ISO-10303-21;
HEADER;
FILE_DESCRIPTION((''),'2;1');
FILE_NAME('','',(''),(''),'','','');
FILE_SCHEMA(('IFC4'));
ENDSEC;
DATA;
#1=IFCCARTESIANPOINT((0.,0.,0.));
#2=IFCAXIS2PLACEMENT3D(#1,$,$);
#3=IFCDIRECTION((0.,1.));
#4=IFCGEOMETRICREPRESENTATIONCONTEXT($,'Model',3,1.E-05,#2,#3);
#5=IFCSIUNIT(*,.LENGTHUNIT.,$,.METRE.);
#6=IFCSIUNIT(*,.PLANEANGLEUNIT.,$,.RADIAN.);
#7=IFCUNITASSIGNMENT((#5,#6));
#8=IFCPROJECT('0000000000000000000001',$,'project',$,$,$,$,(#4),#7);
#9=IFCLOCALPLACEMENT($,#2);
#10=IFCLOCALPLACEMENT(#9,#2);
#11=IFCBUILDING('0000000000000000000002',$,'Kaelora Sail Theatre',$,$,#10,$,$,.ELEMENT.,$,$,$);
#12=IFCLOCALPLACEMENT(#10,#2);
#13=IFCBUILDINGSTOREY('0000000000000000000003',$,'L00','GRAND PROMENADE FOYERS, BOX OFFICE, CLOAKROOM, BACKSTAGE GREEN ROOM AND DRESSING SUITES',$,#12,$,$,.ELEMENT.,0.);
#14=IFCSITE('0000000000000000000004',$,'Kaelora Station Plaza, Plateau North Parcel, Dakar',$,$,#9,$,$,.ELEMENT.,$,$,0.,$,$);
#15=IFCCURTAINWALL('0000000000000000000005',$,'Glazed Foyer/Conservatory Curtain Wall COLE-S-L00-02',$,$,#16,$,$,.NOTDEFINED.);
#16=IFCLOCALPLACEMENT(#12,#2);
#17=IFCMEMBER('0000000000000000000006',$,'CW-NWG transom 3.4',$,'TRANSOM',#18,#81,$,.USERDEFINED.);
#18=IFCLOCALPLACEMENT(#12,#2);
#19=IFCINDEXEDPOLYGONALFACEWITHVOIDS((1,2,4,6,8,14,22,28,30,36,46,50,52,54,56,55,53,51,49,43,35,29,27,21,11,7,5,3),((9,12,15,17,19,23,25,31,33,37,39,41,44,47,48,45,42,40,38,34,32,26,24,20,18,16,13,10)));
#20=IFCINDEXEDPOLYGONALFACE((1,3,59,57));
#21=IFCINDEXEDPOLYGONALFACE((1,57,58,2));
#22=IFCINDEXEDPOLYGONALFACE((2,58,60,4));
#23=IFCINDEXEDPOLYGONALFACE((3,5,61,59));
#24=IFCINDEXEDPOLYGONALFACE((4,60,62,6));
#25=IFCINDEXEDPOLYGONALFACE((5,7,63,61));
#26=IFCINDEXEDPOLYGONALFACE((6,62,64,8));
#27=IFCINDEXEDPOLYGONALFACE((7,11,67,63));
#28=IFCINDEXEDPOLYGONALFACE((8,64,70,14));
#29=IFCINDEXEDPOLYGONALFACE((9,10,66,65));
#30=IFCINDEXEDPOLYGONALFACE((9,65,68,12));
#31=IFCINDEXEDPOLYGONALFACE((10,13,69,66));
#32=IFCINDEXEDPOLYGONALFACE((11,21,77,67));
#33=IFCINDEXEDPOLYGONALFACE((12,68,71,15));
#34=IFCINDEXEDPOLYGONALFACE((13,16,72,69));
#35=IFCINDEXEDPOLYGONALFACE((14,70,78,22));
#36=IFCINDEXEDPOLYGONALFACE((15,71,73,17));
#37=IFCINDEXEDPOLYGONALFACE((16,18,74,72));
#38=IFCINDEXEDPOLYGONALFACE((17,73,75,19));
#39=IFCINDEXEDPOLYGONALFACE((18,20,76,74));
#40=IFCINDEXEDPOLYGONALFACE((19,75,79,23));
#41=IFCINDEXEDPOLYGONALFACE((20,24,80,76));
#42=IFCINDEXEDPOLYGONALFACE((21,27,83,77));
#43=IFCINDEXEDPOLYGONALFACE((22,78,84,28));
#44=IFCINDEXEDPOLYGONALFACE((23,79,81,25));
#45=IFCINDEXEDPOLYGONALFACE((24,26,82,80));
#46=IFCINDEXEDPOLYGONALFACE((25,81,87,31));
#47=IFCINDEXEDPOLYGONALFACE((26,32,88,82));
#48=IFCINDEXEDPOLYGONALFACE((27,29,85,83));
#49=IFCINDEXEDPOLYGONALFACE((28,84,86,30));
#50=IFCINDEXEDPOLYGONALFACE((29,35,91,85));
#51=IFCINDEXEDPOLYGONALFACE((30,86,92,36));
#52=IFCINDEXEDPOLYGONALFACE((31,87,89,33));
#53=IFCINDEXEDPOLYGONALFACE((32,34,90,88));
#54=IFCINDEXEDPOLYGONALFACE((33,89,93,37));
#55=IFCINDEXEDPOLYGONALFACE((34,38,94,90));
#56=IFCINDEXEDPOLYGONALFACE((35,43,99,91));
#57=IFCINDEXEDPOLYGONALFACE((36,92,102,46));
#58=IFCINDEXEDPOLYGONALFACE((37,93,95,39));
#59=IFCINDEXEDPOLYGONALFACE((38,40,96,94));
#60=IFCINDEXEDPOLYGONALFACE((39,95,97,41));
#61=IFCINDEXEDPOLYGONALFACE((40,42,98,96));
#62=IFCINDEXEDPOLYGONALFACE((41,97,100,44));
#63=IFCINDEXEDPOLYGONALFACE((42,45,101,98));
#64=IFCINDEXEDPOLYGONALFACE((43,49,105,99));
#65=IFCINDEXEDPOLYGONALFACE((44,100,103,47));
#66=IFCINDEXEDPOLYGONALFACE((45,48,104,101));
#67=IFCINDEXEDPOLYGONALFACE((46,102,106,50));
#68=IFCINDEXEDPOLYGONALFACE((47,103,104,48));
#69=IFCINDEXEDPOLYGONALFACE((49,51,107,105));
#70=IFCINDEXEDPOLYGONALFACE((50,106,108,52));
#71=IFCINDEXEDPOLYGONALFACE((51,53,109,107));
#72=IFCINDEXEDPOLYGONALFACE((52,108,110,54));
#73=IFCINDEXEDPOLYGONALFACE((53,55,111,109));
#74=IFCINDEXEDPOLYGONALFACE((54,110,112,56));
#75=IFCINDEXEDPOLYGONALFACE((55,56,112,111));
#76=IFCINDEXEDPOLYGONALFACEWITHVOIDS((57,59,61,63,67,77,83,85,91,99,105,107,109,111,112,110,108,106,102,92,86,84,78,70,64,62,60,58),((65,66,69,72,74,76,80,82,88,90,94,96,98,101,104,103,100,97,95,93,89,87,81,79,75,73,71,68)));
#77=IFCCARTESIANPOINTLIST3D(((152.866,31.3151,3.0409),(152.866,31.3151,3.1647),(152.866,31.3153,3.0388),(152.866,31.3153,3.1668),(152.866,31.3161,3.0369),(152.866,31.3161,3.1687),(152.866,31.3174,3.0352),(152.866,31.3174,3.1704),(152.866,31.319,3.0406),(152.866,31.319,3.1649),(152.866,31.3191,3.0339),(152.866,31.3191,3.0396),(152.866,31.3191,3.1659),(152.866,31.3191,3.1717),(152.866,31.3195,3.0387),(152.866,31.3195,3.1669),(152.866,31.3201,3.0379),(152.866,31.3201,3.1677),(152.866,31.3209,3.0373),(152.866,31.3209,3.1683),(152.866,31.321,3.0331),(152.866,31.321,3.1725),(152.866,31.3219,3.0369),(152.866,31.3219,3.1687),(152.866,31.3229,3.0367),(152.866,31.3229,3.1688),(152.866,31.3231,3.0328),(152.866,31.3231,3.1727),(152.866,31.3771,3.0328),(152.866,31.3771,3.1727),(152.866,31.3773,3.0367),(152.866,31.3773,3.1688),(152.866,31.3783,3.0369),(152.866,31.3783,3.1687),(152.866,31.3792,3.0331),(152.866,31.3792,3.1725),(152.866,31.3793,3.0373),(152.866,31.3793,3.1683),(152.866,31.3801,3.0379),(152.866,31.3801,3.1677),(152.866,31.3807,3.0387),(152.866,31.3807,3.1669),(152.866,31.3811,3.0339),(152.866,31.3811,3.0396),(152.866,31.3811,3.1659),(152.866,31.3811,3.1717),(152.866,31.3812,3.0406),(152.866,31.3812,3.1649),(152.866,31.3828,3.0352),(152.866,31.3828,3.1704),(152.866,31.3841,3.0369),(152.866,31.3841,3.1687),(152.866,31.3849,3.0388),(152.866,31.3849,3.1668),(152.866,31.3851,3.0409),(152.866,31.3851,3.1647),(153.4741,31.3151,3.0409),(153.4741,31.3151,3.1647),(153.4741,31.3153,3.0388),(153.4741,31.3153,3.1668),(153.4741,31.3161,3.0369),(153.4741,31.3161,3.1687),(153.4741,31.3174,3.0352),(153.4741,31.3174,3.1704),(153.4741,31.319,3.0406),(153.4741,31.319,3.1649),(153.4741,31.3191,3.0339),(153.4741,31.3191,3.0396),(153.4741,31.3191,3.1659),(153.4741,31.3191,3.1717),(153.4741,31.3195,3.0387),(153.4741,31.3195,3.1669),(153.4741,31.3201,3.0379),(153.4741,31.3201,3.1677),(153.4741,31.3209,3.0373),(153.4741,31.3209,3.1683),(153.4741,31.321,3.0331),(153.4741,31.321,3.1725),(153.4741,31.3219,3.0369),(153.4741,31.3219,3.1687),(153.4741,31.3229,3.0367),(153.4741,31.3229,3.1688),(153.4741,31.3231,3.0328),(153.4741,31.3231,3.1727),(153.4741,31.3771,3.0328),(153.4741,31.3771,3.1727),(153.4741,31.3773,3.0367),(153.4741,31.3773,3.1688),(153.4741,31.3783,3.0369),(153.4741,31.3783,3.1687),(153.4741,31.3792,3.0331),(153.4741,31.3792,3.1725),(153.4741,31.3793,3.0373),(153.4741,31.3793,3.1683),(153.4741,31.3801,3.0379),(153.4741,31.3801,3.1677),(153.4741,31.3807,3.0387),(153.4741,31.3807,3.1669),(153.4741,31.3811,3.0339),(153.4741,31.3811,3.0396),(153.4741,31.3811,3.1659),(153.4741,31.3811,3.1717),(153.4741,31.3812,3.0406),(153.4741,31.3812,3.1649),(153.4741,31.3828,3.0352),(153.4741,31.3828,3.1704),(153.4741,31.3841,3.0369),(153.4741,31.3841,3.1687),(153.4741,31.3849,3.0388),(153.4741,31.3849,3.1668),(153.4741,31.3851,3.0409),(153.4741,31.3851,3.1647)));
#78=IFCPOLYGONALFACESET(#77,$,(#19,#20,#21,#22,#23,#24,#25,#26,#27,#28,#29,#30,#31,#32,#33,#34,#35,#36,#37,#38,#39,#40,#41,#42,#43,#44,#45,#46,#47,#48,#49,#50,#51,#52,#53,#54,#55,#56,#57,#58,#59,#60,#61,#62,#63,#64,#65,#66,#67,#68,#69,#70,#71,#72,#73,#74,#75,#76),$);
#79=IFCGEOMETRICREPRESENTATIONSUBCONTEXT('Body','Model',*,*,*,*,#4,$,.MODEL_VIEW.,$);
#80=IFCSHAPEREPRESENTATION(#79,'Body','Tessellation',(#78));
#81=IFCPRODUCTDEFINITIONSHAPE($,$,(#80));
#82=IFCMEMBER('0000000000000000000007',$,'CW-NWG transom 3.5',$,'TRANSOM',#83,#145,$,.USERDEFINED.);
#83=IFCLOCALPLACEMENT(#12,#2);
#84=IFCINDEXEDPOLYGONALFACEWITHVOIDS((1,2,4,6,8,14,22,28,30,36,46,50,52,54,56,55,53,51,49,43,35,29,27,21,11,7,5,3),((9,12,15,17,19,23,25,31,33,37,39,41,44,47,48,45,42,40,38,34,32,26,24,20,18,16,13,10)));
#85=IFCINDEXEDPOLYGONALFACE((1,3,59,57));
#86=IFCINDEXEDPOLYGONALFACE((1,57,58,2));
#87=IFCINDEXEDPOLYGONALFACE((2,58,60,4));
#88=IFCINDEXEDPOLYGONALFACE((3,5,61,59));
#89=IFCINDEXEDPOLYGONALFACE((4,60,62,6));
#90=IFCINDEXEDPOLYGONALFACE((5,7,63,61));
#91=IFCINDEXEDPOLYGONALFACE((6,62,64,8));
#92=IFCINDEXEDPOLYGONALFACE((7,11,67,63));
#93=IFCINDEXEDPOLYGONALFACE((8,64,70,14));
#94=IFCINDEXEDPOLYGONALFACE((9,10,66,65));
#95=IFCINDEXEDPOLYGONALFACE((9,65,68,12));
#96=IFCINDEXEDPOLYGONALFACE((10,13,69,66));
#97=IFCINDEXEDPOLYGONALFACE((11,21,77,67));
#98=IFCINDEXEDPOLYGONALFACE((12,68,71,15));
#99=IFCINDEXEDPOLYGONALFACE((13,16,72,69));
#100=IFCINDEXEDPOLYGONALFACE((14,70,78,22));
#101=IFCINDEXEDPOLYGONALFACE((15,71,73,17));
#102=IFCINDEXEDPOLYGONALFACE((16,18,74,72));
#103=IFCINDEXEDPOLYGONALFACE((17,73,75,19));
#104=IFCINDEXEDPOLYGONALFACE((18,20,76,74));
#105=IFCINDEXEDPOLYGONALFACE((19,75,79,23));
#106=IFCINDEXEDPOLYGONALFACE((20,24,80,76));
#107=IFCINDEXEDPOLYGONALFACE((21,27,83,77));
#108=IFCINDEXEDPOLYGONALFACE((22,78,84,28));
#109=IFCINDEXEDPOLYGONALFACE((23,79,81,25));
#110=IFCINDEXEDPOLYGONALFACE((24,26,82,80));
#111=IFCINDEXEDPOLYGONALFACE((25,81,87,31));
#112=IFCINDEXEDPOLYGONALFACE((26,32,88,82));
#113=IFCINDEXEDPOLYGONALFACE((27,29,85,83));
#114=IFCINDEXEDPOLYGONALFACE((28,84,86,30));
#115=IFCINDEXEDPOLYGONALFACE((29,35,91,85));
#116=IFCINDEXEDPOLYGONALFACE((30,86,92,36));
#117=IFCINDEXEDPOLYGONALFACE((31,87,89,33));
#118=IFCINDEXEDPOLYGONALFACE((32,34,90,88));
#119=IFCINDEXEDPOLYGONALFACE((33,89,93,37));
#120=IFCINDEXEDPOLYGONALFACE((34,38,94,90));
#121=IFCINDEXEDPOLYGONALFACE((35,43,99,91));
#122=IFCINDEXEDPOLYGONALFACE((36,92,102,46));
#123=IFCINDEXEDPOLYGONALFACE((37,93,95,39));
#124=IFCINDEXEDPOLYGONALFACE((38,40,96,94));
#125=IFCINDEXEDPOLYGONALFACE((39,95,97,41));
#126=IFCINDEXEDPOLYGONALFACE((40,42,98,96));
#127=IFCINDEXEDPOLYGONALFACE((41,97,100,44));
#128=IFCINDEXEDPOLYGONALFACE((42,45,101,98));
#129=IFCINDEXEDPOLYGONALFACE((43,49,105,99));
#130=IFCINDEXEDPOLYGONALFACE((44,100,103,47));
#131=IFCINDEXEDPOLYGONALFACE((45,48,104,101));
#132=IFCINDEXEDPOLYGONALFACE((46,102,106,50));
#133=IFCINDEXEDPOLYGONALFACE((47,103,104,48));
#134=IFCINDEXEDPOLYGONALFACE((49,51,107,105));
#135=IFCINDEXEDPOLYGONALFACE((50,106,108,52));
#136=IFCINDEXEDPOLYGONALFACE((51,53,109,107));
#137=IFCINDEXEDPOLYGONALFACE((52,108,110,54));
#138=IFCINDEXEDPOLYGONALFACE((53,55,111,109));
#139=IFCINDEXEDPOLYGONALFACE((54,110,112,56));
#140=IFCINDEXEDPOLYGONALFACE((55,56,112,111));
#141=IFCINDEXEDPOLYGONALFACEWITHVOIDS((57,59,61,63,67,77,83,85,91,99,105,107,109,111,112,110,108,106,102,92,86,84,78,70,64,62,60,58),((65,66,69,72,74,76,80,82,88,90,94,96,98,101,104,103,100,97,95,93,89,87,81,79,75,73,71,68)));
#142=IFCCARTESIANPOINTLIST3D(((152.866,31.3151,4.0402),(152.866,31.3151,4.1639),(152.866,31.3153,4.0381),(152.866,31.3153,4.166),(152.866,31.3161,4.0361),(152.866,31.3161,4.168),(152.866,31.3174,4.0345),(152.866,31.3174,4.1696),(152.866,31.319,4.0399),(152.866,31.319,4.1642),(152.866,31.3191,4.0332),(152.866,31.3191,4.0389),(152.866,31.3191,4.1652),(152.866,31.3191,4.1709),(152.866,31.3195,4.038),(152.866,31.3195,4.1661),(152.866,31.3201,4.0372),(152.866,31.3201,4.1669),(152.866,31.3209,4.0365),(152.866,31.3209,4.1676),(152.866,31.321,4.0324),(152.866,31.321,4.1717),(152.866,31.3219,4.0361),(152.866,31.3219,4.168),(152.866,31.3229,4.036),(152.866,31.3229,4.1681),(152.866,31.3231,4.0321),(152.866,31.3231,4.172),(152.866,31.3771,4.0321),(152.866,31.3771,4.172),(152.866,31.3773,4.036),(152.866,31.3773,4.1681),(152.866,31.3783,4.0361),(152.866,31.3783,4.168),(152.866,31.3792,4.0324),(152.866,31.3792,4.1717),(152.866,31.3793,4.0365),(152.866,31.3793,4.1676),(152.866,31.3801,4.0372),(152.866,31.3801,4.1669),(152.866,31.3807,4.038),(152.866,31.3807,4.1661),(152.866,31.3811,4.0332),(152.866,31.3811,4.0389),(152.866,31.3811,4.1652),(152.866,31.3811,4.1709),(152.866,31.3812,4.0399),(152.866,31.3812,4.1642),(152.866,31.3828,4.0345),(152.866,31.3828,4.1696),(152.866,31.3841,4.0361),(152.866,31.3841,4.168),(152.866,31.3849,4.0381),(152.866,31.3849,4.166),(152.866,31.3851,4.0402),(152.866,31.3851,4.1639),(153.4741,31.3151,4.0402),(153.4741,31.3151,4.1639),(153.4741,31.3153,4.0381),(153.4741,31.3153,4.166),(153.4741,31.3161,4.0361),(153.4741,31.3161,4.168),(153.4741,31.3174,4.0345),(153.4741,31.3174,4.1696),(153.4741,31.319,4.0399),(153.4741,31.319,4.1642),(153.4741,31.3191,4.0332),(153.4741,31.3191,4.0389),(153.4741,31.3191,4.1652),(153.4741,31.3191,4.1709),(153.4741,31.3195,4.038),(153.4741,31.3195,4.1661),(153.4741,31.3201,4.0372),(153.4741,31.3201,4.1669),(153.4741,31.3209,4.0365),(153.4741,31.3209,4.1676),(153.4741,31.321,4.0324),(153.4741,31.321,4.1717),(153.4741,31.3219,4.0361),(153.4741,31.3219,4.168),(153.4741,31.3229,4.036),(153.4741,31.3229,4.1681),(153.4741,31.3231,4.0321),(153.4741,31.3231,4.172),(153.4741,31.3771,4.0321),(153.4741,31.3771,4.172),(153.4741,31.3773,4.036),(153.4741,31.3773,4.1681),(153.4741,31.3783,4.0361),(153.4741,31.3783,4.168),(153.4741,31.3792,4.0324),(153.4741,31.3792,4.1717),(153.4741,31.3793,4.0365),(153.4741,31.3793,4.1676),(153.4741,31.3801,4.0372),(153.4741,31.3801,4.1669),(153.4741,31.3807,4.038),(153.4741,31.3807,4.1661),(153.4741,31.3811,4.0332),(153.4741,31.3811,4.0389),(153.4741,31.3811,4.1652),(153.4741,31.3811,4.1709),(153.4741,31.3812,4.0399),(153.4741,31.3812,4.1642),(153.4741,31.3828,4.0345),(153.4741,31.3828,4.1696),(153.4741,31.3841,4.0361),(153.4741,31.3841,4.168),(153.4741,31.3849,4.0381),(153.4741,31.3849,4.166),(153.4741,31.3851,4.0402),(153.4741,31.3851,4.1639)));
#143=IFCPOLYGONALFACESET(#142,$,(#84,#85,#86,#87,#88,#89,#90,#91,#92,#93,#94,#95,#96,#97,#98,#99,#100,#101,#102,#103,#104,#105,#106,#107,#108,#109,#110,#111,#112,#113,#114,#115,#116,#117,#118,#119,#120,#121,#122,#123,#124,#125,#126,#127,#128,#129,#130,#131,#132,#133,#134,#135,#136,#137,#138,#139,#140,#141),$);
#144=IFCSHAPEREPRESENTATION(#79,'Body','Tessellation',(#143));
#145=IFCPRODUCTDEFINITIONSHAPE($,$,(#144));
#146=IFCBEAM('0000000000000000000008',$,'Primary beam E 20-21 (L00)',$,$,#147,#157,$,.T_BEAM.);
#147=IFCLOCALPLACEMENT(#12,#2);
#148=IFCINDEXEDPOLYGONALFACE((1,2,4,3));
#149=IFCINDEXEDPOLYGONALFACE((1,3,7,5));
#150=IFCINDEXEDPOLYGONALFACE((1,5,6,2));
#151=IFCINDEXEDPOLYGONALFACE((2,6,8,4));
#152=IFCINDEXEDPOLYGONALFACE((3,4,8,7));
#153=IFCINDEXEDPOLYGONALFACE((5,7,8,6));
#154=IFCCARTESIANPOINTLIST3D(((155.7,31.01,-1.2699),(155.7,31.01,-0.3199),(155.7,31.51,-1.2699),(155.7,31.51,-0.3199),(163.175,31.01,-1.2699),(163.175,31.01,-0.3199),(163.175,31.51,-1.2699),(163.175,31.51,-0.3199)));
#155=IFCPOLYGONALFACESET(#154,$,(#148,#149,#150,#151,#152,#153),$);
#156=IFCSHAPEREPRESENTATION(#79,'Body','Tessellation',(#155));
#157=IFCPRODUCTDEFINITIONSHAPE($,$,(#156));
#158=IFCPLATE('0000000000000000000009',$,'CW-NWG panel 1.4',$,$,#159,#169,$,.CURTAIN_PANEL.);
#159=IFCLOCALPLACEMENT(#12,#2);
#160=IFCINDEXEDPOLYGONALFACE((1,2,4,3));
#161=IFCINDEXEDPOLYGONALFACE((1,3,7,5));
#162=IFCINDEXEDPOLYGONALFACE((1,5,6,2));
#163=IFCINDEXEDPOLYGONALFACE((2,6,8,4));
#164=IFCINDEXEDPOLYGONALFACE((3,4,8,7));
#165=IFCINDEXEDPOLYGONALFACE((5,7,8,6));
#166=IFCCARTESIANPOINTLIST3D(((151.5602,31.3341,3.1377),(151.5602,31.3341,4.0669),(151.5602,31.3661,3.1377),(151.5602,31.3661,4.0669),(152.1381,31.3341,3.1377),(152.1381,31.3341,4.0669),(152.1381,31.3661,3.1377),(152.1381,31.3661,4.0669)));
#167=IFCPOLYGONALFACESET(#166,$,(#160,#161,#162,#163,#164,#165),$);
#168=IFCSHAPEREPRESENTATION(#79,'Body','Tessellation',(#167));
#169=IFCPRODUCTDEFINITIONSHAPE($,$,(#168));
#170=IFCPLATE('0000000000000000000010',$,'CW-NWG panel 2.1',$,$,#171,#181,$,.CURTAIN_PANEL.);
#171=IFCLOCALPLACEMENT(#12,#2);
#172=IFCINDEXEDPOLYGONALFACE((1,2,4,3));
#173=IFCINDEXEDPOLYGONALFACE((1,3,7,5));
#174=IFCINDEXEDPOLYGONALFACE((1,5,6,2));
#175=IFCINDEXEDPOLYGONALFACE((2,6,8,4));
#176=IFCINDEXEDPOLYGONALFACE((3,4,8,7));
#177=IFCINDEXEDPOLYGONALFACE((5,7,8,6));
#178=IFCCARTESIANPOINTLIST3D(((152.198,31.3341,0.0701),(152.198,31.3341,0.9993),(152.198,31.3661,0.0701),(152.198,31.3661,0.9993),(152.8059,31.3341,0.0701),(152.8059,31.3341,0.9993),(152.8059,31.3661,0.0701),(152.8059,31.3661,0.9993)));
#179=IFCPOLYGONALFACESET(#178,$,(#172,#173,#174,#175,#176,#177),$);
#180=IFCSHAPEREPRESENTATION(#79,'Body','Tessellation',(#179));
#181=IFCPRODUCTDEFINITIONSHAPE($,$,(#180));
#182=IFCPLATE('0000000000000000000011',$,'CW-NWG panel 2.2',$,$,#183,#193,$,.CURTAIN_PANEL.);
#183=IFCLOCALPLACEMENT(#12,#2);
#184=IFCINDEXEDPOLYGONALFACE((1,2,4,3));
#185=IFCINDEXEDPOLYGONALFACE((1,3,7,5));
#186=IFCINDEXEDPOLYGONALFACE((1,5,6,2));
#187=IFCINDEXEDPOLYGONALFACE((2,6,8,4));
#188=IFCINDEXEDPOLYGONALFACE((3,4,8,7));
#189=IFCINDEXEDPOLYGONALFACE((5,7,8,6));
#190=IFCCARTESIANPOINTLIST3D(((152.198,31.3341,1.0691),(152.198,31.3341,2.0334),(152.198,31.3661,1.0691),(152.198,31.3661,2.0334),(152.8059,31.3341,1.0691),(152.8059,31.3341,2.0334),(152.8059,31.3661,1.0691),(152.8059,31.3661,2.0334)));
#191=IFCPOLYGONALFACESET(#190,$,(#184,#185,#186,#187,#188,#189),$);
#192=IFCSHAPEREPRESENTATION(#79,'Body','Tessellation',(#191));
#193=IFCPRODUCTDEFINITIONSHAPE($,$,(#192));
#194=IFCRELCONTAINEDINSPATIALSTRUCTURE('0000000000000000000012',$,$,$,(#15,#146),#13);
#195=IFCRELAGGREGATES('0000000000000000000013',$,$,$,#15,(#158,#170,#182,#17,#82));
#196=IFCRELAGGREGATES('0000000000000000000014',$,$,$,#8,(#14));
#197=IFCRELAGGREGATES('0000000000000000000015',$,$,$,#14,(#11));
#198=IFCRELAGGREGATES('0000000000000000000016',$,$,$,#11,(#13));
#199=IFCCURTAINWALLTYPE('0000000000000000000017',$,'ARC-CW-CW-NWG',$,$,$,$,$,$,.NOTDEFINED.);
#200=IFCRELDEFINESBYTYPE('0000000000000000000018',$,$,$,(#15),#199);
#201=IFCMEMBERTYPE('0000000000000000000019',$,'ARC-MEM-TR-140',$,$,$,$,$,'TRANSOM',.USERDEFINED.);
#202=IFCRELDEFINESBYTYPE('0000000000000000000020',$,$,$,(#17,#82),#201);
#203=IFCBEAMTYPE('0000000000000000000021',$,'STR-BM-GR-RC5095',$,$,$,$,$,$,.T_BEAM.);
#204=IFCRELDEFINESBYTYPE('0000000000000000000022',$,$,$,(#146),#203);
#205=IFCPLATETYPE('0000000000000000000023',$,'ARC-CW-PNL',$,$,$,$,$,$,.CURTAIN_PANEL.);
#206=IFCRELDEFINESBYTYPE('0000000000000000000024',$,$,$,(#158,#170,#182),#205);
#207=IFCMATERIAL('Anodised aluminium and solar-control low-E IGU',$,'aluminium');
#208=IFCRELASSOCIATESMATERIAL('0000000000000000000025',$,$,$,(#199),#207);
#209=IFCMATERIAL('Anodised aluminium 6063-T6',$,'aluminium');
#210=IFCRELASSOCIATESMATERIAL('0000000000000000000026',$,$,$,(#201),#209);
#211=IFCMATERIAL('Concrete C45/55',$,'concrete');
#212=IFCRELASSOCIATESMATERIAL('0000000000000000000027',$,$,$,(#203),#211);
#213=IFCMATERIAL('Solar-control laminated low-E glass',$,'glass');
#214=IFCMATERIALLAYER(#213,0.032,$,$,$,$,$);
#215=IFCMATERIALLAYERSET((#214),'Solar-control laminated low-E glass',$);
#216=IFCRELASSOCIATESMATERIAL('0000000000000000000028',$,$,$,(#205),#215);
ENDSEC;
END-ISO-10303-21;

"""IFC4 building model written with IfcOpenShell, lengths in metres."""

from ifc_helpers import new_model, si_unit, direction, frame, origin, origin_2d, place, context, subcontext, project, spatial, rectangle, hollow_rectangle, extrude, material, layer, layer_set, material_profile, profile_set, type_object, element, aggregate, save


model = new_model("IFC4")

# Units and contexts
model_context = context("Model", 3, precision=1e-05, world=origin(), true_north=direction((0.0, 1.0)))
body_context = subcontext(model_context, "Body", "Model", "MODEL_VIEW")
ifc_project = project(units=[si_unit("LENGTHUNIT", "METRE"), si_unit("PLANEANGLEUNIT", "RADIAN")], contexts=[model_context])

# Site, building, storey
site_placement = place(None, origin())
site = spatial("IfcSite", under=ifc_project, at=site_placement, Name="Kaelora Station Plaza, Plateau North Parcel, Dakar", CompositionType="ELEMENT", RefElevation=0.0)
building_placement = place(site_placement, origin())
building = spatial("IfcBuilding", under=site, at=building_placement, Name="Kaelora Sail Theatre", CompositionType="ELEMENT")
storey_placement = place(building_placement, origin())
storey = spatial("IfcBuildingStorey", under=building, at=storey_placement, Name="L00", Description="GRAND PROMENADE FOYERS, BOX OFFICE, CLOAKROOM, BACKSTAGE GREEN ROOM AND DRESSING SUITES", CompositionType="ELEMENT", Elevation=0.0)

# Curtain wall, members
ifc_material_1 = material(Name="Anodised aluminium and solar-control low-E IGU", Category="aluminium")
curtain_wall_type = type_object("IfcCurtainWallType", Name="ARC-CW-CW-NWG", PredefinedType="NOTDEFINED", material=ifc_material_1)
curtain_wall_placement = place(storey_placement, origin())
curtain_wall = element("IfcCurtainWall", 1, at=curtain_wall_placement, inside=storey, type_object=curtain_wall_type, Name="Glazed Foyer/Conservatory Curtain Wall COLE-S-L00-02", PredefinedType="NOTDEFINED")
ifc_material_2 = material(Name="Anodised aluminium 6063-T6", Category="aluminium")
ifc_material_profile_1 = material_profile(ifc_material_2, hollow_rectangle(XDim=0.0701, YDim=0.1399, WallThickness=0.0039, InnerFilletRadius=0.0039, OuterFilletRadius=0.0081, at=origin_2d()), Name="ALU-TRAN 70x140x4")
ifc_profile_set_1 = profile_set([ifc_material_profile_1], Name="Anodised aluminium 6063-T6")
member_type_1 = type_object("IfcMemberType", Name="ARC-MEM-TR-140", ElementType="TRANSOM", PredefinedType="USERDEFINED", material=ifc_profile_set_1)
member_1_placement = place(storey_placement, frame((152.866, 31.3501, 3.1028), z_axis=(1.0, 0.0, 0.0), x_axis=(0.0, 1.0, 0.0)))
member_1 = element("IfcMember", 2, at=member_1_placement, type_object=member_type_1, Name="CW-NWG transom 3.4", ObjectType="TRANSOM", PredefinedType="USERDEFINED", context=body_context, shape_type="SweptSolid", body=[
    extrude(hollow_rectangle(XDim=0.0701, YDim=0.1399, WallThickness=0.0039, InnerFilletRadius=0.0039, OuterFilletRadius=0.0081, at=origin_2d()), origin(), (0.0, 0.0, 1.0), 0.6082),
])
member_2_placement = place(storey_placement, frame((152.866, 31.3501, 4.1021), z_axis=(1.0, 0.0, 0.0), x_axis=(0.0, 1.0, 0.0)))
member_2 = element("IfcMember", 3, at=member_2_placement, type_object=member_type_1, Name="CW-NWG transom 3.5", ObjectType="TRANSOM", PredefinedType="USERDEFINED", context=body_context, shape_type="SweptSolid", body=[
    extrude(hollow_rectangle(XDim=0.0701, YDim=0.1399, WallThickness=0.0039, InnerFilletRadius=0.0039, OuterFilletRadius=0.0081, at=origin_2d()), origin(), (0.0, 0.0, 1.0), 0.6082),
])

# Beam
ifc_material_3 = material(Name="Concrete C45/55", Category="concrete")
ifc_material_profile_2 = material_profile(ifc_material_3, rectangle(XDim=0.5, YDim=0.95, at=origin_2d()), Name="RC-GRD 500x950")
ifc_profile_set_2 = profile_set([ifc_material_profile_2], Name="Concrete C45/55")
beam_type = type_object("IfcBeamType", Name="STR-BM-GR-RC5095", PredefinedType="T_BEAM", material=ifc_profile_set_2)
beam_placement = place(storey_placement, frame((155.7, 31.26, -0.7949), z_axis=(1.0, 0.0, 0.0), x_axis=(0.0, 1.0, 0.0)))
element("IfcBeam", 4, at=beam_placement, inside=storey, type_object=beam_type, Name="Primary beam E 20-21 (L00)", PredefinedType="T_BEAM", context=body_context, shape_type="SweptSolid", body=[
    extrude(rectangle(XDim=0.5, YDim=0.95, at=origin_2d()), origin(), (0.0, 0.0, 1.0), 7.4751),
])

# Plates
ifc_material_4 = material(Name="Solar-control laminated low-E glass", Category="glass")
ifc_layer_1 = layer(ifc_material_4, 0.032)
ifc_layer_set_1 = layer_set([ifc_layer_1], Name="Solar-control laminated low-E glass")
plate_type = type_object("IfcPlateType", Name="ARC-CW-PNL", PredefinedType="CURTAIN_PANEL", material=ifc_layer_set_1)
plate_1_placement = place(storey_placement, frame((151.8491, 31.3501, 3.1377), z_axis=(0.0, 0.0, 1.0), x_axis=(1.0, 0.0, 0.0)))
plate_1 = element("IfcPlate", 5, at=plate_1_placement, type_object=plate_type, Name="CW-NWG panel 1.4", PredefinedType="CURTAIN_PANEL", context=body_context, shape_type="SweptSolid", body=[
    extrude(rectangle(XDim=0.5779, YDim=0.032, at=origin_2d()), origin(), (0.0, 0.0, 1.0), 0.9292),
])
plate_2_placement = place(storey_placement, frame((152.502, 31.3501, 0.0701), z_axis=(0.0, 0.0, 1.0), x_axis=(1.0, 0.0, 0.0)))
plate_2 = element("IfcPlate", 6, at=plate_2_placement, type_object=plate_type, Name="CW-NWG panel 2.1", PredefinedType="CURTAIN_PANEL", context=body_context, shape_type="SweptSolid", body=[
    extrude(rectangle(XDim=0.6079, YDim=0.032, at=origin_2d()), origin(), (0.0, 0.0, 1.0), 0.9292),
])
plate_3_placement = place(storey_placement, frame((152.502, 31.3501, 1.0691), z_axis=(0.0, 0.0, 1.0), x_axis=(1.0, 0.0, 0.0)))
plate_3 = element("IfcPlate", 7, at=plate_3_placement, type_object=plate_type, Name="CW-NWG panel 2.2", PredefinedType="CURTAIN_PANEL", context=body_context, shape_type="SweptSolid", body=[
    extrude(rectangle(XDim=0.6079, YDim=0.032, at=origin_2d()), origin(), (0.0, 0.0, 1.0), 0.9644),
])
aggregate(curtain_wall, [plate_1, plate_2, plate_3, member_1, member_2])

save(model, "model.ifc")
